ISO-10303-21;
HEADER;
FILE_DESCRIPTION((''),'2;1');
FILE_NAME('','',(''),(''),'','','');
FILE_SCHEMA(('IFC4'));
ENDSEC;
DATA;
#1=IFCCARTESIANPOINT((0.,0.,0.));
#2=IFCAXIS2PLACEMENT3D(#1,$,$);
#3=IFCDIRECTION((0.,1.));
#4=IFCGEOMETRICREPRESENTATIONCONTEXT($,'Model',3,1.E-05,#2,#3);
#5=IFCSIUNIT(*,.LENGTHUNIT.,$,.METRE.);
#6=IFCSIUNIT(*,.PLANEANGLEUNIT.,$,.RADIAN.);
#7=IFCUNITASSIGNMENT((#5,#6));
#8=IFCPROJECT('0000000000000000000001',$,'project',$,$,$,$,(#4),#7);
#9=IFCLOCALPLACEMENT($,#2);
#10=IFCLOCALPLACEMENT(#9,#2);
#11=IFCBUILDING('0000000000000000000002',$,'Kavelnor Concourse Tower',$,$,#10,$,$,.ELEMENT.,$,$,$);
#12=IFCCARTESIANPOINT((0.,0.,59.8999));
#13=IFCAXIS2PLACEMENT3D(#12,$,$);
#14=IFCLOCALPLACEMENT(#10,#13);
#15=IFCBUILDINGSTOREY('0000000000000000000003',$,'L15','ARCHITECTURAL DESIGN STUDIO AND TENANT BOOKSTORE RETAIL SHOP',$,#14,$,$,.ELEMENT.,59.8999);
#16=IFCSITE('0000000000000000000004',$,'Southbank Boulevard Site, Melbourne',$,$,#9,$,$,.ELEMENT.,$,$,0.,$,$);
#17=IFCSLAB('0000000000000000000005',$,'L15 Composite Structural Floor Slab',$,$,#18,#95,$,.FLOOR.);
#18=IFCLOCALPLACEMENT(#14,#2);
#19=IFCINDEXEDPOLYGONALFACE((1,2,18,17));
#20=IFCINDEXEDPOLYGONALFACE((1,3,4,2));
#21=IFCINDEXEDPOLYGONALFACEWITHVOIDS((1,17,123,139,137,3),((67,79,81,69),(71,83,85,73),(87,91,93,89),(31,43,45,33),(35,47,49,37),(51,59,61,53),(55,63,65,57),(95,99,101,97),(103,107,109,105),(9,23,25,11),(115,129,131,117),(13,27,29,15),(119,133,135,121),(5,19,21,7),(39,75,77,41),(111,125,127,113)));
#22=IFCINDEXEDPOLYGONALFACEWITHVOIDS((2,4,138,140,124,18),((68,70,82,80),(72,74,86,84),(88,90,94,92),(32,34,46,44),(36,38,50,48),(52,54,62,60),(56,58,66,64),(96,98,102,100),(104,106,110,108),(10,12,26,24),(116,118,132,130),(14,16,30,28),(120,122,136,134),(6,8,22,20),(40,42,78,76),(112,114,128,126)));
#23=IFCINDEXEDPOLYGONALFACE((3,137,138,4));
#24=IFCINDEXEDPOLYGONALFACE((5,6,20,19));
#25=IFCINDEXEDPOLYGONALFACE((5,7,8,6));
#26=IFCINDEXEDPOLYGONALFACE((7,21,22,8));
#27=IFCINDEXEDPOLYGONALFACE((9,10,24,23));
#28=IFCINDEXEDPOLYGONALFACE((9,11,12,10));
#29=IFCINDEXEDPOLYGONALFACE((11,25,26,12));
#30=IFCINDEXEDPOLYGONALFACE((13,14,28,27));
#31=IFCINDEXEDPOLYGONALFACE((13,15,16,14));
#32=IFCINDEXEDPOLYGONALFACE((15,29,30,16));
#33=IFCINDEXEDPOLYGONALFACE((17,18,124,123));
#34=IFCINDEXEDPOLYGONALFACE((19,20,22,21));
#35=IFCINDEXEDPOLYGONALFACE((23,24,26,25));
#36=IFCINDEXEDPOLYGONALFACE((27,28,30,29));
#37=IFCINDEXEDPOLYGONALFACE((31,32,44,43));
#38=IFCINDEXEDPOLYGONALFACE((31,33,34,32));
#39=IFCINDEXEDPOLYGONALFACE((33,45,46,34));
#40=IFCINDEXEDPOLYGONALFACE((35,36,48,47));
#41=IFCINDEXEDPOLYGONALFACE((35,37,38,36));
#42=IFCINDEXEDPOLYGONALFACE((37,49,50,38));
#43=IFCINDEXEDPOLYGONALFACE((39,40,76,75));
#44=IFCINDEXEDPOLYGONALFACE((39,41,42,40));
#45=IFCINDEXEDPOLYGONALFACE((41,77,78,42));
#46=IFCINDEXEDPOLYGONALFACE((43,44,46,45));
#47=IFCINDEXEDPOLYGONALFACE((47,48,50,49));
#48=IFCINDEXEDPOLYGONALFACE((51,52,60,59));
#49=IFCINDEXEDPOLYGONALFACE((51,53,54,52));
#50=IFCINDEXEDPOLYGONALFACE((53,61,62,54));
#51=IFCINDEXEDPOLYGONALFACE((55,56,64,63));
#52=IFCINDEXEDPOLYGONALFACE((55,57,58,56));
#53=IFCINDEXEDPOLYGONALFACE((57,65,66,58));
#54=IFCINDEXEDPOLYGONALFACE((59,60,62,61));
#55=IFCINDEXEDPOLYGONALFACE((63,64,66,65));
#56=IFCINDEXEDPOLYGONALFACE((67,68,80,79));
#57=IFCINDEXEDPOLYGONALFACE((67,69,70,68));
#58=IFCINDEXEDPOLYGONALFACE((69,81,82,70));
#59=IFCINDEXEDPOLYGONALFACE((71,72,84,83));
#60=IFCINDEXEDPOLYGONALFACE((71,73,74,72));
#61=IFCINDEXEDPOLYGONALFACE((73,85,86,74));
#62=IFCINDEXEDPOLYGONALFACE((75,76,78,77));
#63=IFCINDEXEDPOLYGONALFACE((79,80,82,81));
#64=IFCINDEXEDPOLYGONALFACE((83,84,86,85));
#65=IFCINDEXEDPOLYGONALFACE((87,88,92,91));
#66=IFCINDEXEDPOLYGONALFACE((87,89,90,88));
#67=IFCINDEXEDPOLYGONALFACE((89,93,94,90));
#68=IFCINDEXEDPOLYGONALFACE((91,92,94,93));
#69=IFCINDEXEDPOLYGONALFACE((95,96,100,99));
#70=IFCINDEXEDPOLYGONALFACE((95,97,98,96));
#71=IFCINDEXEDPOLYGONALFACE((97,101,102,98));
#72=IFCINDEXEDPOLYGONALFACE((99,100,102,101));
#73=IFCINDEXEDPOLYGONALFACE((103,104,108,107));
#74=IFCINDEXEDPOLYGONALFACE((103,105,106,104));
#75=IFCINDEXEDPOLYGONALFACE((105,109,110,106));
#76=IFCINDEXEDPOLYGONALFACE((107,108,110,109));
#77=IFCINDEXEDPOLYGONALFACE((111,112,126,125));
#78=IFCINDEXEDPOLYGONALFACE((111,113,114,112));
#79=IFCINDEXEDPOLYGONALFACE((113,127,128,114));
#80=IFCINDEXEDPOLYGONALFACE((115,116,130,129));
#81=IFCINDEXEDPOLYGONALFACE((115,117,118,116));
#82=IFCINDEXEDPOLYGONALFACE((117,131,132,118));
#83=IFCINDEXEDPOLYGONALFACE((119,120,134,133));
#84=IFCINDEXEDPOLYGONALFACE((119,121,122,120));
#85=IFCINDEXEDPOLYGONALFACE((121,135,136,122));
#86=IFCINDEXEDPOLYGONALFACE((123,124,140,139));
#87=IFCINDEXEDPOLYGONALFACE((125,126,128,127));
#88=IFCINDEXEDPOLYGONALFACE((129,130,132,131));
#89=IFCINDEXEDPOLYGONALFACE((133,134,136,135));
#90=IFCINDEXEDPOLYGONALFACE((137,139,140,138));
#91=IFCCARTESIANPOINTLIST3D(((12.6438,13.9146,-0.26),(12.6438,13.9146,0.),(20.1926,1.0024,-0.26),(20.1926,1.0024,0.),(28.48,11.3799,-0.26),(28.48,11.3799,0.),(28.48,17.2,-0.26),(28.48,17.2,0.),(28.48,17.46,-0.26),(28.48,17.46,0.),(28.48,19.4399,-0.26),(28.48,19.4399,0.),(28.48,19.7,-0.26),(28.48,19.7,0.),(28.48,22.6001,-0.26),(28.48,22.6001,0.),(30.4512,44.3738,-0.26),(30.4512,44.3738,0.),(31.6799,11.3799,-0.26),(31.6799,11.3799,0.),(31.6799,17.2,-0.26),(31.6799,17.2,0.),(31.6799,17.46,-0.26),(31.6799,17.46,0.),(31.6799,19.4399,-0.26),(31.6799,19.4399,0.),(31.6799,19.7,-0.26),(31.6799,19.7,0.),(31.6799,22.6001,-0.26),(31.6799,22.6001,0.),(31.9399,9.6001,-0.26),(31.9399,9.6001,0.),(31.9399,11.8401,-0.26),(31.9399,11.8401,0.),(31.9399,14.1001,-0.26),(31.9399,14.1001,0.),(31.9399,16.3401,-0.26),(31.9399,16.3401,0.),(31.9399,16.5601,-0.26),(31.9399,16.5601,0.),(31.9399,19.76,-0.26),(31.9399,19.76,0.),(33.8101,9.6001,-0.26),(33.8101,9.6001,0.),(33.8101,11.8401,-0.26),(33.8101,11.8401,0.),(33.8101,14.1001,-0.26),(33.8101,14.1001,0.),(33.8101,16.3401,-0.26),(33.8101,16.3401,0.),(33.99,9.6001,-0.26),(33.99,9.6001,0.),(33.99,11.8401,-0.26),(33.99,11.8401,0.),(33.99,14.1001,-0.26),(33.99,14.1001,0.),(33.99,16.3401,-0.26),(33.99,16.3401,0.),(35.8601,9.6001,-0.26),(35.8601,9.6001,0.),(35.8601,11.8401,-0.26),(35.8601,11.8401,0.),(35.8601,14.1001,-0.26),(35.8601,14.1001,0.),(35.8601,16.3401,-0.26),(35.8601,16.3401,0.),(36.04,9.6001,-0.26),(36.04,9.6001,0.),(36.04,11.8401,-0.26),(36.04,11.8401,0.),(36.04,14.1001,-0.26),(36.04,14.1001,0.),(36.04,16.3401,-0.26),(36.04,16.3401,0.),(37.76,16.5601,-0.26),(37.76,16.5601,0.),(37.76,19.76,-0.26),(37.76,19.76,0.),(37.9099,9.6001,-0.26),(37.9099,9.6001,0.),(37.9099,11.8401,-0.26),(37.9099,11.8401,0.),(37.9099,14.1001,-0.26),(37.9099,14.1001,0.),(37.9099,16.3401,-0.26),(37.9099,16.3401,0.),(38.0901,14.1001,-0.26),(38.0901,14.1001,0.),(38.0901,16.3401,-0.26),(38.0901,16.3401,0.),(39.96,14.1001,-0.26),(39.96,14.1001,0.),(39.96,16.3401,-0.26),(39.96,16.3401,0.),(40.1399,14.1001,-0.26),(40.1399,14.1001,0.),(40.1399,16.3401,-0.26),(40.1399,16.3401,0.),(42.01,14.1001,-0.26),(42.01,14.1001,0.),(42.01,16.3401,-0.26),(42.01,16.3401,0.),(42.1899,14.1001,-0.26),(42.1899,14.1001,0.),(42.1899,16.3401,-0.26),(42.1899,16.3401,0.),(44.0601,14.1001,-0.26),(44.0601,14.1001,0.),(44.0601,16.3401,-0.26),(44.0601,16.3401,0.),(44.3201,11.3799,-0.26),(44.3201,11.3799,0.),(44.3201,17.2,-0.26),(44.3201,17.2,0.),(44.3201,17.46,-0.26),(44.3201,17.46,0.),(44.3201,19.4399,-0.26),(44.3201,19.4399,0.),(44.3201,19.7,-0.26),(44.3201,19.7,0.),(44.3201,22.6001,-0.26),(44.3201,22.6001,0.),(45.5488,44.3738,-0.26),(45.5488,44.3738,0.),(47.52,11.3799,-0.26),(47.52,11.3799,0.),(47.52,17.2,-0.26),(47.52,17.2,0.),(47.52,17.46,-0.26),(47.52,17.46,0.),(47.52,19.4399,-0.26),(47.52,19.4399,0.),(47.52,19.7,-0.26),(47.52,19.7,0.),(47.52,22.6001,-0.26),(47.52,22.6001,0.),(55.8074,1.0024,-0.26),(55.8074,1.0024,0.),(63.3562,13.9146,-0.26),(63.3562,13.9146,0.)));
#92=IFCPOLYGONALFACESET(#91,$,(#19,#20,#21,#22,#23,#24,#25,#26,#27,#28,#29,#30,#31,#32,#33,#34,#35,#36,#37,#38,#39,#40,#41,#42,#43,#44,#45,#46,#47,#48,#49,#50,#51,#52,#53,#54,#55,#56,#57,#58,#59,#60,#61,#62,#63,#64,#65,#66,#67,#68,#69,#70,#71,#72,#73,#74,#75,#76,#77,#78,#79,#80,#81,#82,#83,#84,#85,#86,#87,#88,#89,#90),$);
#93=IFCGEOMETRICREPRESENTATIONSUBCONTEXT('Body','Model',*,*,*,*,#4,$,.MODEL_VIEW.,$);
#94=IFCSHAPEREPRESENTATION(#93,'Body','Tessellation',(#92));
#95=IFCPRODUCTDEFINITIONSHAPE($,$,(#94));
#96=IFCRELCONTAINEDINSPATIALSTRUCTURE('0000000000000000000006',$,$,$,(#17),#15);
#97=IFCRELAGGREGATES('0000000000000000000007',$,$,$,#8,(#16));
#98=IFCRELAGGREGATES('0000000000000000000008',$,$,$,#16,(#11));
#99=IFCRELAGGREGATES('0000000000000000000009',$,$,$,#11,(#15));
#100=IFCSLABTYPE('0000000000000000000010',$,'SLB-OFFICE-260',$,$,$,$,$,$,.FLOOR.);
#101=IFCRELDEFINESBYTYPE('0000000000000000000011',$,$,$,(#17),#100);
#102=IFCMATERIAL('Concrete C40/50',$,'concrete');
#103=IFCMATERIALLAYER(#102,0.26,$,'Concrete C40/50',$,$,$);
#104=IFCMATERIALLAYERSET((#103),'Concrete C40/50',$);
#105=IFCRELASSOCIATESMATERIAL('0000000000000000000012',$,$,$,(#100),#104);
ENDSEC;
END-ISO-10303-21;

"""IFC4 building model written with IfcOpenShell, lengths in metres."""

from ifc_helpers import new_model, si_unit, direction, frame, origin, place, context, subcontext, project, spatial, polyline, outline, extrude, material, layer, layer_set, type_object, element, save


model = new_model("IFC4")

# Units and contexts
model_context = context("Model", 3, precision=1e-05, world=origin(), true_north=direction((0.0, 1.0)))
body_context = subcontext(model_context, "Body", "Model", "MODEL_VIEW")
ifc_project = project(units=[si_unit("LENGTHUNIT", "METRE"), si_unit("PLANEANGLEUNIT", "RADIAN")], contexts=[model_context])

# Site, building, storey
site_placement = place(None, origin())
site = spatial("IfcSite", under=ifc_project, at=site_placement, Name="Southbank Boulevard Site, Melbourne", CompositionType="ELEMENT", RefElevation=0.0)
building_placement = place(site_placement, origin())
building = spatial("IfcBuilding", under=site, at=building_placement, Name="Kavelnor Concourse Tower", CompositionType="ELEMENT")
storey_placement = place(building_placement, frame((0.0, 0.0, 59.8999)))
storey = spatial("IfcBuildingStorey", under=building, at=storey_placement, Name="L15", Description="ARCHITECTURAL DESIGN STUDIO AND TENANT BOOKSTORE RETAIL SHOP", CompositionType="ELEMENT", Elevation=59.8999)

# Shared definitions
ifc_material_1 = material(Name="Concrete C40/50", Category="concrete")

# Slab
ifc_layer_1 = layer(ifc_material_1, 0.26, Name="Concrete C40/50")
ifc_layer_set_1 = layer_set([ifc_layer_1], Name="Concrete C40/50")
slab_type_1 = type_object("IfcSlabType", Name="SLB-OFFICE-260", PredefinedType="FLOOR", material=ifc_layer_set_1)
slab_1_placement = place(storey_placement, frame((0.0, 0.0, -0.26)))
element("IfcSlab", 1, at=slab_1_placement, inside=storey, type_object=slab_type_1, Name="L15 Composite Structural Floor Slab", PredefinedType="FLOOR", context=body_context, shape_type="SweptSolid", body=[
    extrude(outline(polyline([(45.5488, 44.3738), (30.4512, 44.3738), (12.6438, 13.9146), (20.1926, 1.0024), (55.8074, 1.0024), (63.3562, 13.9146), (45.5488, 44.3738)]), holes=[polyline([(28.48, 11.3799), (31.6799, 11.3799), (31.6799, 17.2), (28.48, 17.2), (28.48, 11.3799)]), polyline([(44.3201, 11.3799), (47.52, 11.3799), (47.52, 17.2), (44.3201, 17.2), (44.3201, 11.3799)]), polyline([(31.9399, 16.5601), (37.76, 16.5601), (37.76, 19.76), (31.9399, 19.76), (31.9399, 16.5601)]), polyline([(28.48, 19.7), (31.6799, 19.7), (31.6799, 22.6001), (28.48, 22.6001), (28.48, 19.7)]), polyline([(44.3201, 19.7), (47.52, 19.7), (47.52, 22.6001), (44.3201, 22.6001), (44.3201, 19.7)]), polyline([(31.9399, 14.1001), (33.8101, 14.1001), (33.8101, 16.3401), (31.9399, 16.3401), (31.9399, 14.1001)]), polyline([(33.99, 14.1001), (35.8601, 14.1001), (35.8601, 16.3401), (33.99, 16.3401), (33.99, 14.1001)]), polyline([(36.04, 14.1001), (37.9099, 14.1001), (37.9099, 16.3401), (36.04, 16.3401), (36.04, 14.1001)]), polyline([(38.0901, 14.1001), (39.96, 14.1001), (39.96, 16.3401), (38.0901, 16.3401), (38.0901, 14.1001)]), polyline([(40.1399, 14.1001), (42.01, 14.1001), (42.01, 16.3401), (40.1399, 16.3401), (40.1399, 14.1001)]), polyline([(42.1899, 14.1001), (44.0601, 14.1001), (44.0601, 16.3401), (42.1899, 16.3401), (42.1899, 14.1001)]), polyline([(31.9399, 9.6001), (33.8101, 9.6001), (33.8101, 11.8401), (31.9399, 11.8401), (31.9399, 9.6001)]), polyline([(33.99, 9.6001), (35.8601, 9.6001), (35.8601, 11.8401), (33.99, 11.8401), (33.99, 9.6001)]), polyline([(36.04, 9.6001), (37.9099, 9.6001), (37.9099, 11.8401), (36.04, 11.8401), (36.04, 9.6001)]), polyline([(28.48, 17.46), (31.6799, 17.46), (31.6799, 19.4399), (28.48, 19.4399), (28.48, 17.46)]), polyline([(44.3201, 17.46), (47.52, 17.46), (47.52, 19.4399), (44.3201, 19.4399), (44.3201, 17.46)])]), origin(), (0.0, 0.0, 1.0), 0.26),
])

save(model, "model.ifc")
